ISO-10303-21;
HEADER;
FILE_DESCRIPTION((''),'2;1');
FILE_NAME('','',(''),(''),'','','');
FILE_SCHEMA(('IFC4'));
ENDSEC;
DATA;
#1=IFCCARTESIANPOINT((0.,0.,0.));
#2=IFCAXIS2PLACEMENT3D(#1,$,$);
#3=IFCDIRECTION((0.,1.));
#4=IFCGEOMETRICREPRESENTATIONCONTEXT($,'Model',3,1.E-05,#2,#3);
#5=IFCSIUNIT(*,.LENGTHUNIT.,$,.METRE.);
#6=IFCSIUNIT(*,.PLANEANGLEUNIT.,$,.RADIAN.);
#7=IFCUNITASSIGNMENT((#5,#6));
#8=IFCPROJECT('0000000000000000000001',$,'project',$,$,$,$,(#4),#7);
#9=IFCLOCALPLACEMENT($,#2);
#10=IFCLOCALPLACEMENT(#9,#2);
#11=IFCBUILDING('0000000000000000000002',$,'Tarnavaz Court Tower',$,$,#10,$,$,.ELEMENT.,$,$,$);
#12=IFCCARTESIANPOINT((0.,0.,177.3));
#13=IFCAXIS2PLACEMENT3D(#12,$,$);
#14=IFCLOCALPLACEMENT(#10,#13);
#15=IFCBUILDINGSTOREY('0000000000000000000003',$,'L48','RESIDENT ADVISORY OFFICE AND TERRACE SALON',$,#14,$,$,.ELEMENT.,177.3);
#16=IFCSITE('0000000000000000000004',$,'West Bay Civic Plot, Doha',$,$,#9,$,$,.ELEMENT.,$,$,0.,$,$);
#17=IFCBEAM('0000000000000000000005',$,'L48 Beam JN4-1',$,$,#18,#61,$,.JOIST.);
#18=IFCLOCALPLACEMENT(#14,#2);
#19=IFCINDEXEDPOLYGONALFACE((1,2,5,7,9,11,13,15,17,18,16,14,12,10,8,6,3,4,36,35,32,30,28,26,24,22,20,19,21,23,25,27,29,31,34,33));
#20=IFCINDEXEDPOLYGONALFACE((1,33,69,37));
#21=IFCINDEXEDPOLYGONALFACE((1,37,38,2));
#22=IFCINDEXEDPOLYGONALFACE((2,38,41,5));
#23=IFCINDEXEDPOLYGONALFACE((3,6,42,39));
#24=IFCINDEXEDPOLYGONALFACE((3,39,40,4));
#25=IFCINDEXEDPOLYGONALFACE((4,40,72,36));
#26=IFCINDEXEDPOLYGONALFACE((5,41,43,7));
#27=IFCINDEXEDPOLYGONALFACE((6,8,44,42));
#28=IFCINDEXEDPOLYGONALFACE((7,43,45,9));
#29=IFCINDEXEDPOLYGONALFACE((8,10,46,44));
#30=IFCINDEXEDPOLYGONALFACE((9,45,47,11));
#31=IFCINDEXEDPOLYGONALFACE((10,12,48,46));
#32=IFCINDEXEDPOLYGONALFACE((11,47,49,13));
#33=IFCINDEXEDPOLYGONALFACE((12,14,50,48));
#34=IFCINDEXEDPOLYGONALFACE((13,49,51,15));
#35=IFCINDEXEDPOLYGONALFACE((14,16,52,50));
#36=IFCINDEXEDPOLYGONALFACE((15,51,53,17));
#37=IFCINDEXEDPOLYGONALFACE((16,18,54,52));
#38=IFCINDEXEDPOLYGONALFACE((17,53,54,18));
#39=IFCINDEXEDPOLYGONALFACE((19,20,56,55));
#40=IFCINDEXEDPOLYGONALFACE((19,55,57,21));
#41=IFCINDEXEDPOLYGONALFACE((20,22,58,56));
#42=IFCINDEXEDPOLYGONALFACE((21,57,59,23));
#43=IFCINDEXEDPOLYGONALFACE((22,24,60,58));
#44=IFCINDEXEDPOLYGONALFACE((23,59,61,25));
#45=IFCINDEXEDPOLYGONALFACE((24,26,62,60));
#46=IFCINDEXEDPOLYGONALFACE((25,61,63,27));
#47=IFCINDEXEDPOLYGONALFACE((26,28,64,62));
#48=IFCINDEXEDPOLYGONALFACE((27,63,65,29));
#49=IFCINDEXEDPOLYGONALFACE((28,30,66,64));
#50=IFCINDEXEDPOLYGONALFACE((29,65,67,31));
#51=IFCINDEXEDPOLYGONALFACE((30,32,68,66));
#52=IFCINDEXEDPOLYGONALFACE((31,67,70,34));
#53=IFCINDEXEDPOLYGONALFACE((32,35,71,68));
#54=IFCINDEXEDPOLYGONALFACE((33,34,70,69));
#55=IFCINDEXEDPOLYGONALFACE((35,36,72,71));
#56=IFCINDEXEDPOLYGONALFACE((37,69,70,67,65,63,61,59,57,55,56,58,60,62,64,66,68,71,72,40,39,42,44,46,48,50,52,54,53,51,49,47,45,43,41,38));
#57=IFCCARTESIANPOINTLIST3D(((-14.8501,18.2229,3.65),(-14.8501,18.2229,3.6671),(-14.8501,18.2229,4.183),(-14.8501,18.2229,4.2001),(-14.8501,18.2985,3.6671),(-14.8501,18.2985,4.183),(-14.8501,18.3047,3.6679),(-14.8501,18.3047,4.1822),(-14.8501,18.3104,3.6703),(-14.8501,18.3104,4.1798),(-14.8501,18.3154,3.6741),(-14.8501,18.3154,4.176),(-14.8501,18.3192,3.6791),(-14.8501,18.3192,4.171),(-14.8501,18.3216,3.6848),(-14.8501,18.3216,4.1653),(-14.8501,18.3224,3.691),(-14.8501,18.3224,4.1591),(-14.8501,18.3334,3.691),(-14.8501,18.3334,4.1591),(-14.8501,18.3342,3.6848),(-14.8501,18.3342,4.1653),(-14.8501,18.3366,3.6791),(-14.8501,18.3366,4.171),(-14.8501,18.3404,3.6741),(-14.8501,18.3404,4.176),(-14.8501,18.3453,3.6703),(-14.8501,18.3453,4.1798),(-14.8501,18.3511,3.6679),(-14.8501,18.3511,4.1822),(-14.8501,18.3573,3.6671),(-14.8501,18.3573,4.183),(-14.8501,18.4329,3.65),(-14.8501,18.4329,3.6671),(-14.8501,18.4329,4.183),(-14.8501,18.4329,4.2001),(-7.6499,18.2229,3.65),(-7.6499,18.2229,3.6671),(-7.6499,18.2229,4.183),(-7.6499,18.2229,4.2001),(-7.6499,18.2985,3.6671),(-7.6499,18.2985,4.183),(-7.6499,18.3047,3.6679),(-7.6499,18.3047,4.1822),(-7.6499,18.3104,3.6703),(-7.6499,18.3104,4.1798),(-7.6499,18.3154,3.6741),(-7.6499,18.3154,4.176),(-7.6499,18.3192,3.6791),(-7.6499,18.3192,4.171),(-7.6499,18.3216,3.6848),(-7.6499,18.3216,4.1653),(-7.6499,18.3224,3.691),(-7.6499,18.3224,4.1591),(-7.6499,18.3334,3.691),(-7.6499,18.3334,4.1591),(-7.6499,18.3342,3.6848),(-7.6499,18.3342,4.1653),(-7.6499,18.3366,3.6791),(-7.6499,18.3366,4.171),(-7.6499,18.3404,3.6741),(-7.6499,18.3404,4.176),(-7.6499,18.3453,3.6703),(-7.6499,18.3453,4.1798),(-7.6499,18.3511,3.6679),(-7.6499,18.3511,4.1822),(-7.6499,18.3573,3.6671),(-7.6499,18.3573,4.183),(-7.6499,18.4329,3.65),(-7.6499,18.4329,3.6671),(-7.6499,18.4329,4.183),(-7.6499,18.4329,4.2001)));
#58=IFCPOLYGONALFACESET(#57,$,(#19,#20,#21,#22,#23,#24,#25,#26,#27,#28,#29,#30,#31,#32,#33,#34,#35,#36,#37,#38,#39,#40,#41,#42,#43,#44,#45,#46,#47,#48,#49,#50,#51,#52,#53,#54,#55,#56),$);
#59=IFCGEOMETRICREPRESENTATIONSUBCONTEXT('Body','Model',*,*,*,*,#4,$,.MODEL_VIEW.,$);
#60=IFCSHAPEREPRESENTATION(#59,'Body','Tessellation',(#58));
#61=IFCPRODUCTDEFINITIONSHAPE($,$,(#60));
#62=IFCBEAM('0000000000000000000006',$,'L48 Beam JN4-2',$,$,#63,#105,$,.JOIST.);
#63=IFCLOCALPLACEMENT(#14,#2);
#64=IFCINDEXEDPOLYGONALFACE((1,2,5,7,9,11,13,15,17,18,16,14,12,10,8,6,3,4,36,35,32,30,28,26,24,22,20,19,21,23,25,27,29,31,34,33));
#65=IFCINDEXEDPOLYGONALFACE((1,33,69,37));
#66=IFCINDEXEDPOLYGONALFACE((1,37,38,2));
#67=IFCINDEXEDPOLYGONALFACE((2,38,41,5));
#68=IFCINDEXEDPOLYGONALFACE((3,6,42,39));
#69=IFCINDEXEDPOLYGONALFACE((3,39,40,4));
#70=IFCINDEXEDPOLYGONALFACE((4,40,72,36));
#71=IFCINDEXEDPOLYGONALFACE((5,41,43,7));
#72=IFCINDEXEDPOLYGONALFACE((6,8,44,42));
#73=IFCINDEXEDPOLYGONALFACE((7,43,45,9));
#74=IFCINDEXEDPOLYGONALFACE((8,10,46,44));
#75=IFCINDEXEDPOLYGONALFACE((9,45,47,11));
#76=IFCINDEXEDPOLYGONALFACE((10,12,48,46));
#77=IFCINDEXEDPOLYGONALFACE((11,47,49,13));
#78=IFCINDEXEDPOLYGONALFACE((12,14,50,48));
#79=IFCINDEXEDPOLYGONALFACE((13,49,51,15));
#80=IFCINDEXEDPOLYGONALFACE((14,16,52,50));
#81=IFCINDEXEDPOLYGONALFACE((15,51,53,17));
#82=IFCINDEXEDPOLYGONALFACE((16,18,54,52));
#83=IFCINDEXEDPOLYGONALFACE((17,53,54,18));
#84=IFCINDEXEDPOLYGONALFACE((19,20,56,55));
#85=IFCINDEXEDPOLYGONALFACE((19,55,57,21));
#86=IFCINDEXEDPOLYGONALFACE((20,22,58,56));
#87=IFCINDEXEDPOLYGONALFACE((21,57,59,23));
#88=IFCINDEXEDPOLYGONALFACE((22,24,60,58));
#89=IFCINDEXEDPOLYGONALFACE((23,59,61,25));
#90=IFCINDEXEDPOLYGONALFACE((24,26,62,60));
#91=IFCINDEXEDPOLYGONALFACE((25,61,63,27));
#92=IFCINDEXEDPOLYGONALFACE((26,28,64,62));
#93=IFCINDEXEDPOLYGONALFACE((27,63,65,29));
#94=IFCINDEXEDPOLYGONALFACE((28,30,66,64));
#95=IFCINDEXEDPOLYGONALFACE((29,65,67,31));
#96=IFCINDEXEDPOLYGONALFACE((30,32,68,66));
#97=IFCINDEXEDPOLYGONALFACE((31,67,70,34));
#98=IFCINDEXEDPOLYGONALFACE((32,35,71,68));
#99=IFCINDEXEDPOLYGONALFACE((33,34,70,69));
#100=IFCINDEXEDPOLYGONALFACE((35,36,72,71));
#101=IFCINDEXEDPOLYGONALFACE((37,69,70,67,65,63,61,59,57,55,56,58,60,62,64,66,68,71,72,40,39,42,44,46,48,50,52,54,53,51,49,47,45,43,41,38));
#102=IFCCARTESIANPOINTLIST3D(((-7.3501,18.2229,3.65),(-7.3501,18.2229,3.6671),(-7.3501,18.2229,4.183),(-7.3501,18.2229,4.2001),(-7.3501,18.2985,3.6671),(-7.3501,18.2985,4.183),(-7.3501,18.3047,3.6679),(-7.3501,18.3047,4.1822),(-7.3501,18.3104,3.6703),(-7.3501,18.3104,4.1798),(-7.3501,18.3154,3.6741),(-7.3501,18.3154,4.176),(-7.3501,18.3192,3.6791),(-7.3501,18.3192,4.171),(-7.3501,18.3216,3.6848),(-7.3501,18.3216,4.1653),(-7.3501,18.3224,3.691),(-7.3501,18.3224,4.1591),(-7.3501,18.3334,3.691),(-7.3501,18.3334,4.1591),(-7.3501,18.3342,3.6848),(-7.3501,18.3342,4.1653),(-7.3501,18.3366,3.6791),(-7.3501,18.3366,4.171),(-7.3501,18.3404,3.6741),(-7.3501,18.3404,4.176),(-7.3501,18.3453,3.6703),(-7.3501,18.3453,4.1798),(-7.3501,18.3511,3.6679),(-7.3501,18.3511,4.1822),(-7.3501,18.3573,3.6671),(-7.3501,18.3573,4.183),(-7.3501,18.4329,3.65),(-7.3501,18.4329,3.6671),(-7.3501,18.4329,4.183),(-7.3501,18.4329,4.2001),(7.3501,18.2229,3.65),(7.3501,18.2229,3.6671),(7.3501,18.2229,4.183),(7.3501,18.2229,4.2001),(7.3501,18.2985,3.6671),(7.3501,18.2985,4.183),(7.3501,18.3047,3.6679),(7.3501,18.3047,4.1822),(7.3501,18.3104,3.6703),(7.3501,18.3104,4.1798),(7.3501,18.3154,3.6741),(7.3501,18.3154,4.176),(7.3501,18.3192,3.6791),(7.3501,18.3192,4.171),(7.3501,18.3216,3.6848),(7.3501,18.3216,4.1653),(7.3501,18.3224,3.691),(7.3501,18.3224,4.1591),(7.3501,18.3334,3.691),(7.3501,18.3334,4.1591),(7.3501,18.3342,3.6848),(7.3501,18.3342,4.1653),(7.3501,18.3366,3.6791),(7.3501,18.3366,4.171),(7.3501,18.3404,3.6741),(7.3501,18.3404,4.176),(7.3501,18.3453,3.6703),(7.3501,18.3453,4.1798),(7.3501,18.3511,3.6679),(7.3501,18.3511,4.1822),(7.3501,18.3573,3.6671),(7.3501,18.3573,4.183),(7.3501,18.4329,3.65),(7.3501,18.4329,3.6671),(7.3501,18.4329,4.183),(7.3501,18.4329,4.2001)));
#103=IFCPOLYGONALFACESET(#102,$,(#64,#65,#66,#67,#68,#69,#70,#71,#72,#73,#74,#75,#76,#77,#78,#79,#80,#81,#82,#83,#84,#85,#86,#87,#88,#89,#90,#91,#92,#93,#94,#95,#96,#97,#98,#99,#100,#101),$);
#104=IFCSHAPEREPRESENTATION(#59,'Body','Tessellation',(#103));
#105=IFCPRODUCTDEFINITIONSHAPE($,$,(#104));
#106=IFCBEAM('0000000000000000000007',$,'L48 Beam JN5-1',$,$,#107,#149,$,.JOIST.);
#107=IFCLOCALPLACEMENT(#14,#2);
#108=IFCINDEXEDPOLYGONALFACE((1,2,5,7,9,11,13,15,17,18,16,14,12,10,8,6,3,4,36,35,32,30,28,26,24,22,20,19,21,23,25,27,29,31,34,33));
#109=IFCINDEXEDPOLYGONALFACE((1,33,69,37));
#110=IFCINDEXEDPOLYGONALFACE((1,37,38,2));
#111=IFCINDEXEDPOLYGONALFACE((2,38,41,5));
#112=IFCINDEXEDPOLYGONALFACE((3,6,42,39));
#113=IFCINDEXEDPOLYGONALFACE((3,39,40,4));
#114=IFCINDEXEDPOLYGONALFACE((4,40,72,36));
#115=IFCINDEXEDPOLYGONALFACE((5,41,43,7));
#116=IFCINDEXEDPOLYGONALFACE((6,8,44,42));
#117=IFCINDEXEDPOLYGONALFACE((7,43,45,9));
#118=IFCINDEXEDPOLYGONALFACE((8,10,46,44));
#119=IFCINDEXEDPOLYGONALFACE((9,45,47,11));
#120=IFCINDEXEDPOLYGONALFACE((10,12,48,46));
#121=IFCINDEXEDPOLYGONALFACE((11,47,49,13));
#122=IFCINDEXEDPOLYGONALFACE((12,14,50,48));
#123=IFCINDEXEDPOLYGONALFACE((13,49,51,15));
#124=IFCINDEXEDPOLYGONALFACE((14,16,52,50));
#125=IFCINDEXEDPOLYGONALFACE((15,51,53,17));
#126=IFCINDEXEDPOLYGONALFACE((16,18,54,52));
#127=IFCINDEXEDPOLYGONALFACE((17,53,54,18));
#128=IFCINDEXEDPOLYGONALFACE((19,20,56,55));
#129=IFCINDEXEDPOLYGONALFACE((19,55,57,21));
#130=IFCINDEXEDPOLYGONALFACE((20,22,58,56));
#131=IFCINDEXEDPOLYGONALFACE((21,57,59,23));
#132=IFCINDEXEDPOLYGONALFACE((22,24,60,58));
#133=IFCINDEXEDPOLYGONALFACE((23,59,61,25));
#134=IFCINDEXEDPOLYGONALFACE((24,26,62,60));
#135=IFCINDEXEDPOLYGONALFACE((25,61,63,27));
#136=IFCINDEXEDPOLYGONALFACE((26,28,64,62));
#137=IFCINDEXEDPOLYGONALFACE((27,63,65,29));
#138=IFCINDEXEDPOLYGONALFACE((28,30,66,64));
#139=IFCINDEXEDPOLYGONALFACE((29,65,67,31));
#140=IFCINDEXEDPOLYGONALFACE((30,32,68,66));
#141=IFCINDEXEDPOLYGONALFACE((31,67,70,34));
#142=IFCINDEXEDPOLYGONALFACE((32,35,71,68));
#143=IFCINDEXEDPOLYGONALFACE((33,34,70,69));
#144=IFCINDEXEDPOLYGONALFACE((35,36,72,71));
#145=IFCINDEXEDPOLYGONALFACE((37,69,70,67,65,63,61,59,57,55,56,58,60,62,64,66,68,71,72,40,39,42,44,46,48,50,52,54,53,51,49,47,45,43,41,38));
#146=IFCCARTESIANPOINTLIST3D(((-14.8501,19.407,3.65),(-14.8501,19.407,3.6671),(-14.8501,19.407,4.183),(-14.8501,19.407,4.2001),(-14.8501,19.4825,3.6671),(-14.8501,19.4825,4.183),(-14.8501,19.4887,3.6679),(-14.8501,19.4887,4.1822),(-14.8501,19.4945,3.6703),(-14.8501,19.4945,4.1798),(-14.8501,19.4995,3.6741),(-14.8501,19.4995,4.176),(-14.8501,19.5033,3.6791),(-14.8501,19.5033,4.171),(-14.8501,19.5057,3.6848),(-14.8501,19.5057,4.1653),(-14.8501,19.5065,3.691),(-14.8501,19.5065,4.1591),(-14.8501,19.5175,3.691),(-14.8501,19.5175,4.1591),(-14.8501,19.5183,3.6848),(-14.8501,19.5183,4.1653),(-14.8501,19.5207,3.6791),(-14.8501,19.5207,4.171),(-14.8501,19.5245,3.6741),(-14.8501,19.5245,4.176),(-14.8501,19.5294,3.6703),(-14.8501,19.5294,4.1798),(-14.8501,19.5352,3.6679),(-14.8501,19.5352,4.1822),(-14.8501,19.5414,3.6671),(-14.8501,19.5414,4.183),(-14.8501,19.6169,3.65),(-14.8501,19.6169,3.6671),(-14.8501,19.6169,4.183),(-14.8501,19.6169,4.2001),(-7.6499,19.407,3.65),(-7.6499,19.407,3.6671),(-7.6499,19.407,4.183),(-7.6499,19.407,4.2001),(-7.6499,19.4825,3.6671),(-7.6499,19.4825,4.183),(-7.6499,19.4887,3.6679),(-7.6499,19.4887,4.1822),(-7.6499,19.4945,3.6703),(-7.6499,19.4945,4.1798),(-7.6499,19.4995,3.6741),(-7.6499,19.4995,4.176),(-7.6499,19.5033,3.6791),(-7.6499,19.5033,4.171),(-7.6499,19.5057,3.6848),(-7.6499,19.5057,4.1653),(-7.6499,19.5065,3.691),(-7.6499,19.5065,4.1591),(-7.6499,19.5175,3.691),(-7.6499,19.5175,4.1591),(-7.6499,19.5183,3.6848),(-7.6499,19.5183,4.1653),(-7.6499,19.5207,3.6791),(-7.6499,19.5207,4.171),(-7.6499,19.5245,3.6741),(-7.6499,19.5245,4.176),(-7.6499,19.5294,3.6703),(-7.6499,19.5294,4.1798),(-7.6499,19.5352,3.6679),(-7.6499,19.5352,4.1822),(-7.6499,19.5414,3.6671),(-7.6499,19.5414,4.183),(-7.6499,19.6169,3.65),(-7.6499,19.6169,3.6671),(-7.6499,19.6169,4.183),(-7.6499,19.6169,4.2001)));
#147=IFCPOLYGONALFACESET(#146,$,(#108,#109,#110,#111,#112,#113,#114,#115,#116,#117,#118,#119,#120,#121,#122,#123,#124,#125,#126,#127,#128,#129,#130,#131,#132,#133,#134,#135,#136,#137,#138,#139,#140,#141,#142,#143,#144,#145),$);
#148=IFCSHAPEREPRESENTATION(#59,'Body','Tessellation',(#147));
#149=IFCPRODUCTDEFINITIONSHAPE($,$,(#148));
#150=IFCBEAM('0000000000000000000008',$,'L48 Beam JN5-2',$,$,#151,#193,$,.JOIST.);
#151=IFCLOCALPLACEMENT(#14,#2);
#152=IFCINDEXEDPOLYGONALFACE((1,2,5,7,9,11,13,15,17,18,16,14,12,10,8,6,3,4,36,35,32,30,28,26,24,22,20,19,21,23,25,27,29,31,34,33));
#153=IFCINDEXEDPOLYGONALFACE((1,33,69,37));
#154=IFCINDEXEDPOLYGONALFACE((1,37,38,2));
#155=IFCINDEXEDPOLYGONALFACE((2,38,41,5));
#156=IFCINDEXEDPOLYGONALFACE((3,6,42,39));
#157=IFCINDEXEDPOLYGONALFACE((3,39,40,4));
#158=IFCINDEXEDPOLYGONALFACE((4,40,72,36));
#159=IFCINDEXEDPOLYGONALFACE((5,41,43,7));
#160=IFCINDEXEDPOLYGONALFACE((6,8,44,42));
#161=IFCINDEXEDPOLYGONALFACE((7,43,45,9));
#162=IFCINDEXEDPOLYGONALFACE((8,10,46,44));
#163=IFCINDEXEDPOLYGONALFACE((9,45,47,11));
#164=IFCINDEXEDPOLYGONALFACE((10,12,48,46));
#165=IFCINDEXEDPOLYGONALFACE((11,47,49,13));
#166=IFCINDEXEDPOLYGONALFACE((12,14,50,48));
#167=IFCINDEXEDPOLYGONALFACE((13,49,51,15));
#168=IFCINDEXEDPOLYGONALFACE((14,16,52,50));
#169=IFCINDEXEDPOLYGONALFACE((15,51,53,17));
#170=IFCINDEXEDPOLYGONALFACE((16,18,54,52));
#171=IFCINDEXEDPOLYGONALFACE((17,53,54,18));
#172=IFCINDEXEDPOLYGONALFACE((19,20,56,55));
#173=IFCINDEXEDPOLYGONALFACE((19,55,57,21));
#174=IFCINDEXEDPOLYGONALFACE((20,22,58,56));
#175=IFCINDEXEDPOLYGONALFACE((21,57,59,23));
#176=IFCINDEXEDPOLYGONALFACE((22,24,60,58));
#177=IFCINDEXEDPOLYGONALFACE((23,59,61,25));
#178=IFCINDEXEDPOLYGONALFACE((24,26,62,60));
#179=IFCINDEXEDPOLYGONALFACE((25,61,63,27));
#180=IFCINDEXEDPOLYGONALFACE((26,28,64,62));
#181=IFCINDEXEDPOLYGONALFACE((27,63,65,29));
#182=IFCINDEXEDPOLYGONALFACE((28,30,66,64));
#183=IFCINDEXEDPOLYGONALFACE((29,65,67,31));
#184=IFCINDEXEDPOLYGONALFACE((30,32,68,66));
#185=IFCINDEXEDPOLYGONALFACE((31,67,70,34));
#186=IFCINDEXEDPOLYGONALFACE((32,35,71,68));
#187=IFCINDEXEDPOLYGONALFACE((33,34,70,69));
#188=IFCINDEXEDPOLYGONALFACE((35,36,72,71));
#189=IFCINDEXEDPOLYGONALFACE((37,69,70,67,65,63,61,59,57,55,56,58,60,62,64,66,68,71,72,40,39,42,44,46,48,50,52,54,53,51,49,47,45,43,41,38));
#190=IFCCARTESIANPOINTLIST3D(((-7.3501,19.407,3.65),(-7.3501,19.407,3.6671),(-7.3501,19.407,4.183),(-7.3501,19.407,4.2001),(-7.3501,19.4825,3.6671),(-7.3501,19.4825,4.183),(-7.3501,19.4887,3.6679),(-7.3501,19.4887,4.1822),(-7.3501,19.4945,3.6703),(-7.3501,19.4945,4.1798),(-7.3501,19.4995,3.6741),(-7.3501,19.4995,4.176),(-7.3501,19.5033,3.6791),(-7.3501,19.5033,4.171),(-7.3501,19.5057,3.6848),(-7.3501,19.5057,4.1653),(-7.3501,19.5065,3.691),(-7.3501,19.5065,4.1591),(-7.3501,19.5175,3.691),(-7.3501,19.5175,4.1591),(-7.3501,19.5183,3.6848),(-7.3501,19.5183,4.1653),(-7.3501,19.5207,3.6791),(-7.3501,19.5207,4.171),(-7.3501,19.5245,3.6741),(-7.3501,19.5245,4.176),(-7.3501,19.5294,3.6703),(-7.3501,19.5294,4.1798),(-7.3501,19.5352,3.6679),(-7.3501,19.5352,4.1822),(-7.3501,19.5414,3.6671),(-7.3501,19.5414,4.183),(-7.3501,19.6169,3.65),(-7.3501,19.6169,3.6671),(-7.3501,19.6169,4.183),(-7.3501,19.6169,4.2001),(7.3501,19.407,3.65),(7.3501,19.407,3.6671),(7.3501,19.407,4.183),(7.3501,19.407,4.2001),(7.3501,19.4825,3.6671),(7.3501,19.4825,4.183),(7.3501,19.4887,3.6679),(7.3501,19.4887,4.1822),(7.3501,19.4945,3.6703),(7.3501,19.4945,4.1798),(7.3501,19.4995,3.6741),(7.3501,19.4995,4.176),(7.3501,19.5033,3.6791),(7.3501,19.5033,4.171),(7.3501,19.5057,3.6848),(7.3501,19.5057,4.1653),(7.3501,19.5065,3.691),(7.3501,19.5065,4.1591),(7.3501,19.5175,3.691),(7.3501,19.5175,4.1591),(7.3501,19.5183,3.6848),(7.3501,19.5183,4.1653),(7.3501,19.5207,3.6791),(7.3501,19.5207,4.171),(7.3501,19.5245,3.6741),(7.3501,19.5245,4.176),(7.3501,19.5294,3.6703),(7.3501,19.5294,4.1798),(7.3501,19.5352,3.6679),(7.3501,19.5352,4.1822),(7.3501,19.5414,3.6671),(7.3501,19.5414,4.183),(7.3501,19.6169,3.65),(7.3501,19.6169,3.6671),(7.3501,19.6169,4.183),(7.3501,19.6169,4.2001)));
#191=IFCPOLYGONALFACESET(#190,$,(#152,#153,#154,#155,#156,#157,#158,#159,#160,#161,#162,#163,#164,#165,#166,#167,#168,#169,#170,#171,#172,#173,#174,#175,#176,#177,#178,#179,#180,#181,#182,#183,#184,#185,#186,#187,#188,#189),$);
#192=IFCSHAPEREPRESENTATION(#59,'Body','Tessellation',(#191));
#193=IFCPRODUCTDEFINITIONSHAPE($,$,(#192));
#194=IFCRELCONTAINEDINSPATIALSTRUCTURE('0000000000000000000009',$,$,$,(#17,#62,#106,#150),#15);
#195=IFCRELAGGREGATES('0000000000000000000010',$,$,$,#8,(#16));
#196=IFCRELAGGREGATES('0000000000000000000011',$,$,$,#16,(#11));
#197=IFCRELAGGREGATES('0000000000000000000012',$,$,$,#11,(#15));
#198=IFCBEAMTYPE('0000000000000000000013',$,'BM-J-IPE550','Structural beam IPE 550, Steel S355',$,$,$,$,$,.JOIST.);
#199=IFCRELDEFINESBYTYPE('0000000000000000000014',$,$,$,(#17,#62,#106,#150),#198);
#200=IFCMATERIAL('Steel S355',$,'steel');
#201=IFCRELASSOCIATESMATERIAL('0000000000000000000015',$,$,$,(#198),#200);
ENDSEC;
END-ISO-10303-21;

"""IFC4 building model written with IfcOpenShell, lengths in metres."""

from ifc_helpers import new_model, si_unit, direction, frame, origin, origin_2d, place, context, subcontext, project, spatial, i_section, extrude, material, material_profile, profile_set, type_object, element, save


model = new_model("IFC4")

# Units and contexts
model_context = context("Model", 3, precision=1e-05, world=origin(), true_north=direction((0.0, 1.0)))
body_context = subcontext(model_context, "Body", "Model", "MODEL_VIEW")
ifc_project = project(units=[si_unit("LENGTHUNIT", "METRE"), si_unit("PLANEANGLEUNIT", "RADIAN")], contexts=[model_context])

# Site, building, storey
site_placement = place(None, origin())
site = spatial("IfcSite", under=ifc_project, at=site_placement, Name="West Bay Civic Plot, Doha", CompositionType="ELEMENT", RefElevation=0.0)
building_placement = place(site_placement, origin())
building = spatial("IfcBuilding", under=site, at=building_placement, Name="Tarnavaz Court Tower", CompositionType="ELEMENT")
storey_placement = place(building_placement, frame((0.0, 0.0, 177.3)))
storey = spatial("IfcBuildingStorey", under=building, at=storey_placement, Name="L48", Description="RESIDENT ADVISORY OFFICE AND TERRACE SALON", CompositionType="ELEMENT", Elevation=177.3)

# Beams
ifc_material_1 = material(Name="Steel S355", Category="steel")
ifc_material_profile_1 = material_profile(ifc_material_1, i_section(OverallWidth=0.21, OverallDepth=0.55, WebThickness=0.011, FlangeThickness=0.0171, FilletRadius=0.0239, at=origin_2d()), Name="IPE 550")
ifc_profile_set_1 = profile_set([ifc_material_profile_1], Name="Steel S355")
beam_type_1 = type_object("IfcBeamType", Name="BM-J-IPE550", Description="Structural beam IPE 550, Steel S355", PredefinedType="JOIST", material=ifc_profile_set_1)
beam_1_placement = place(storey_placement, frame((-14.8501, 18.3279, 3.925), z_axis=(1.0, 0.0, 0.0), x_axis=(0.0, 1.0, 0.0)))
element("IfcBeam", 1, at=beam_1_placement, inside=storey, type_object=beam_type_1, Name="L48 Beam JN4-1", PredefinedType="JOIST", context=body_context, shape_type="SweptSolid", body=[
    extrude(i_section(OverallWidth=0.21, OverallDepth=0.55, WebThickness=0.011, FlangeThickness=0.0171, FilletRadius=0.0239, at=origin_2d()), origin(), (0.0, 0.0, 1.0), 7.2002),
])
beam_2_placement = place(storey_placement, frame((-7.3501, 18.3279, 3.925), z_axis=(1.0, 0.0, 0.0), x_axis=(0.0, 1.0, 0.0)))
element("IfcBeam", 2, at=beam_2_placement, inside=storey, type_object=beam_type_1, Name="L48 Beam JN4-2", PredefinedType="JOIST", context=body_context, shape_type="SweptSolid", body=[
    extrude(i_section(OverallWidth=0.21, OverallDepth=0.55, WebThickness=0.011, FlangeThickness=0.0171, FilletRadius=0.0239, at=origin_2d()), origin(), (0.0, 0.0, 1.0), 14.7002),
])
beam_3_placement = place(storey_placement, frame((-14.8501, 19.512, 3.925), z_axis=(1.0, 0.0, 0.0), x_axis=(0.0, 1.0, 0.0)))
element("IfcBeam", 3, at=beam_3_placement, inside=storey, type_object=beam_type_1, Name="L48 Beam JN5-1", PredefinedType="JOIST", context=body_context, shape_type="SweptSolid", body=[
    extrude(i_section(OverallWidth=0.21, OverallDepth=0.55, WebThickness=0.011, FlangeThickness=0.0171, FilletRadius=0.0239, at=origin_2d()), origin(), (0.0, 0.0, 1.0), 7.2002),
])
beam_4_placement = place(storey_placement, frame((-7.3501, 19.512, 3.925), z_axis=(1.0, 0.0, 0.0), x_axis=(0.0, 1.0, 0.0)))
element("IfcBeam", 4, at=beam_4_placement, inside=storey, type_object=beam_type_1, Name="L48 Beam JN5-2", PredefinedType="JOIST", context=body_context, shape_type="SweptSolid", body=[
    extrude(i_section(OverallWidth=0.21, OverallDepth=0.55, WebThickness=0.011, FlangeThickness=0.0171, FilletRadius=0.0239, at=origin_2d()), origin(), (0.0, 0.0, 1.0), 14.7002),
])

save(model, "model.ifc")
